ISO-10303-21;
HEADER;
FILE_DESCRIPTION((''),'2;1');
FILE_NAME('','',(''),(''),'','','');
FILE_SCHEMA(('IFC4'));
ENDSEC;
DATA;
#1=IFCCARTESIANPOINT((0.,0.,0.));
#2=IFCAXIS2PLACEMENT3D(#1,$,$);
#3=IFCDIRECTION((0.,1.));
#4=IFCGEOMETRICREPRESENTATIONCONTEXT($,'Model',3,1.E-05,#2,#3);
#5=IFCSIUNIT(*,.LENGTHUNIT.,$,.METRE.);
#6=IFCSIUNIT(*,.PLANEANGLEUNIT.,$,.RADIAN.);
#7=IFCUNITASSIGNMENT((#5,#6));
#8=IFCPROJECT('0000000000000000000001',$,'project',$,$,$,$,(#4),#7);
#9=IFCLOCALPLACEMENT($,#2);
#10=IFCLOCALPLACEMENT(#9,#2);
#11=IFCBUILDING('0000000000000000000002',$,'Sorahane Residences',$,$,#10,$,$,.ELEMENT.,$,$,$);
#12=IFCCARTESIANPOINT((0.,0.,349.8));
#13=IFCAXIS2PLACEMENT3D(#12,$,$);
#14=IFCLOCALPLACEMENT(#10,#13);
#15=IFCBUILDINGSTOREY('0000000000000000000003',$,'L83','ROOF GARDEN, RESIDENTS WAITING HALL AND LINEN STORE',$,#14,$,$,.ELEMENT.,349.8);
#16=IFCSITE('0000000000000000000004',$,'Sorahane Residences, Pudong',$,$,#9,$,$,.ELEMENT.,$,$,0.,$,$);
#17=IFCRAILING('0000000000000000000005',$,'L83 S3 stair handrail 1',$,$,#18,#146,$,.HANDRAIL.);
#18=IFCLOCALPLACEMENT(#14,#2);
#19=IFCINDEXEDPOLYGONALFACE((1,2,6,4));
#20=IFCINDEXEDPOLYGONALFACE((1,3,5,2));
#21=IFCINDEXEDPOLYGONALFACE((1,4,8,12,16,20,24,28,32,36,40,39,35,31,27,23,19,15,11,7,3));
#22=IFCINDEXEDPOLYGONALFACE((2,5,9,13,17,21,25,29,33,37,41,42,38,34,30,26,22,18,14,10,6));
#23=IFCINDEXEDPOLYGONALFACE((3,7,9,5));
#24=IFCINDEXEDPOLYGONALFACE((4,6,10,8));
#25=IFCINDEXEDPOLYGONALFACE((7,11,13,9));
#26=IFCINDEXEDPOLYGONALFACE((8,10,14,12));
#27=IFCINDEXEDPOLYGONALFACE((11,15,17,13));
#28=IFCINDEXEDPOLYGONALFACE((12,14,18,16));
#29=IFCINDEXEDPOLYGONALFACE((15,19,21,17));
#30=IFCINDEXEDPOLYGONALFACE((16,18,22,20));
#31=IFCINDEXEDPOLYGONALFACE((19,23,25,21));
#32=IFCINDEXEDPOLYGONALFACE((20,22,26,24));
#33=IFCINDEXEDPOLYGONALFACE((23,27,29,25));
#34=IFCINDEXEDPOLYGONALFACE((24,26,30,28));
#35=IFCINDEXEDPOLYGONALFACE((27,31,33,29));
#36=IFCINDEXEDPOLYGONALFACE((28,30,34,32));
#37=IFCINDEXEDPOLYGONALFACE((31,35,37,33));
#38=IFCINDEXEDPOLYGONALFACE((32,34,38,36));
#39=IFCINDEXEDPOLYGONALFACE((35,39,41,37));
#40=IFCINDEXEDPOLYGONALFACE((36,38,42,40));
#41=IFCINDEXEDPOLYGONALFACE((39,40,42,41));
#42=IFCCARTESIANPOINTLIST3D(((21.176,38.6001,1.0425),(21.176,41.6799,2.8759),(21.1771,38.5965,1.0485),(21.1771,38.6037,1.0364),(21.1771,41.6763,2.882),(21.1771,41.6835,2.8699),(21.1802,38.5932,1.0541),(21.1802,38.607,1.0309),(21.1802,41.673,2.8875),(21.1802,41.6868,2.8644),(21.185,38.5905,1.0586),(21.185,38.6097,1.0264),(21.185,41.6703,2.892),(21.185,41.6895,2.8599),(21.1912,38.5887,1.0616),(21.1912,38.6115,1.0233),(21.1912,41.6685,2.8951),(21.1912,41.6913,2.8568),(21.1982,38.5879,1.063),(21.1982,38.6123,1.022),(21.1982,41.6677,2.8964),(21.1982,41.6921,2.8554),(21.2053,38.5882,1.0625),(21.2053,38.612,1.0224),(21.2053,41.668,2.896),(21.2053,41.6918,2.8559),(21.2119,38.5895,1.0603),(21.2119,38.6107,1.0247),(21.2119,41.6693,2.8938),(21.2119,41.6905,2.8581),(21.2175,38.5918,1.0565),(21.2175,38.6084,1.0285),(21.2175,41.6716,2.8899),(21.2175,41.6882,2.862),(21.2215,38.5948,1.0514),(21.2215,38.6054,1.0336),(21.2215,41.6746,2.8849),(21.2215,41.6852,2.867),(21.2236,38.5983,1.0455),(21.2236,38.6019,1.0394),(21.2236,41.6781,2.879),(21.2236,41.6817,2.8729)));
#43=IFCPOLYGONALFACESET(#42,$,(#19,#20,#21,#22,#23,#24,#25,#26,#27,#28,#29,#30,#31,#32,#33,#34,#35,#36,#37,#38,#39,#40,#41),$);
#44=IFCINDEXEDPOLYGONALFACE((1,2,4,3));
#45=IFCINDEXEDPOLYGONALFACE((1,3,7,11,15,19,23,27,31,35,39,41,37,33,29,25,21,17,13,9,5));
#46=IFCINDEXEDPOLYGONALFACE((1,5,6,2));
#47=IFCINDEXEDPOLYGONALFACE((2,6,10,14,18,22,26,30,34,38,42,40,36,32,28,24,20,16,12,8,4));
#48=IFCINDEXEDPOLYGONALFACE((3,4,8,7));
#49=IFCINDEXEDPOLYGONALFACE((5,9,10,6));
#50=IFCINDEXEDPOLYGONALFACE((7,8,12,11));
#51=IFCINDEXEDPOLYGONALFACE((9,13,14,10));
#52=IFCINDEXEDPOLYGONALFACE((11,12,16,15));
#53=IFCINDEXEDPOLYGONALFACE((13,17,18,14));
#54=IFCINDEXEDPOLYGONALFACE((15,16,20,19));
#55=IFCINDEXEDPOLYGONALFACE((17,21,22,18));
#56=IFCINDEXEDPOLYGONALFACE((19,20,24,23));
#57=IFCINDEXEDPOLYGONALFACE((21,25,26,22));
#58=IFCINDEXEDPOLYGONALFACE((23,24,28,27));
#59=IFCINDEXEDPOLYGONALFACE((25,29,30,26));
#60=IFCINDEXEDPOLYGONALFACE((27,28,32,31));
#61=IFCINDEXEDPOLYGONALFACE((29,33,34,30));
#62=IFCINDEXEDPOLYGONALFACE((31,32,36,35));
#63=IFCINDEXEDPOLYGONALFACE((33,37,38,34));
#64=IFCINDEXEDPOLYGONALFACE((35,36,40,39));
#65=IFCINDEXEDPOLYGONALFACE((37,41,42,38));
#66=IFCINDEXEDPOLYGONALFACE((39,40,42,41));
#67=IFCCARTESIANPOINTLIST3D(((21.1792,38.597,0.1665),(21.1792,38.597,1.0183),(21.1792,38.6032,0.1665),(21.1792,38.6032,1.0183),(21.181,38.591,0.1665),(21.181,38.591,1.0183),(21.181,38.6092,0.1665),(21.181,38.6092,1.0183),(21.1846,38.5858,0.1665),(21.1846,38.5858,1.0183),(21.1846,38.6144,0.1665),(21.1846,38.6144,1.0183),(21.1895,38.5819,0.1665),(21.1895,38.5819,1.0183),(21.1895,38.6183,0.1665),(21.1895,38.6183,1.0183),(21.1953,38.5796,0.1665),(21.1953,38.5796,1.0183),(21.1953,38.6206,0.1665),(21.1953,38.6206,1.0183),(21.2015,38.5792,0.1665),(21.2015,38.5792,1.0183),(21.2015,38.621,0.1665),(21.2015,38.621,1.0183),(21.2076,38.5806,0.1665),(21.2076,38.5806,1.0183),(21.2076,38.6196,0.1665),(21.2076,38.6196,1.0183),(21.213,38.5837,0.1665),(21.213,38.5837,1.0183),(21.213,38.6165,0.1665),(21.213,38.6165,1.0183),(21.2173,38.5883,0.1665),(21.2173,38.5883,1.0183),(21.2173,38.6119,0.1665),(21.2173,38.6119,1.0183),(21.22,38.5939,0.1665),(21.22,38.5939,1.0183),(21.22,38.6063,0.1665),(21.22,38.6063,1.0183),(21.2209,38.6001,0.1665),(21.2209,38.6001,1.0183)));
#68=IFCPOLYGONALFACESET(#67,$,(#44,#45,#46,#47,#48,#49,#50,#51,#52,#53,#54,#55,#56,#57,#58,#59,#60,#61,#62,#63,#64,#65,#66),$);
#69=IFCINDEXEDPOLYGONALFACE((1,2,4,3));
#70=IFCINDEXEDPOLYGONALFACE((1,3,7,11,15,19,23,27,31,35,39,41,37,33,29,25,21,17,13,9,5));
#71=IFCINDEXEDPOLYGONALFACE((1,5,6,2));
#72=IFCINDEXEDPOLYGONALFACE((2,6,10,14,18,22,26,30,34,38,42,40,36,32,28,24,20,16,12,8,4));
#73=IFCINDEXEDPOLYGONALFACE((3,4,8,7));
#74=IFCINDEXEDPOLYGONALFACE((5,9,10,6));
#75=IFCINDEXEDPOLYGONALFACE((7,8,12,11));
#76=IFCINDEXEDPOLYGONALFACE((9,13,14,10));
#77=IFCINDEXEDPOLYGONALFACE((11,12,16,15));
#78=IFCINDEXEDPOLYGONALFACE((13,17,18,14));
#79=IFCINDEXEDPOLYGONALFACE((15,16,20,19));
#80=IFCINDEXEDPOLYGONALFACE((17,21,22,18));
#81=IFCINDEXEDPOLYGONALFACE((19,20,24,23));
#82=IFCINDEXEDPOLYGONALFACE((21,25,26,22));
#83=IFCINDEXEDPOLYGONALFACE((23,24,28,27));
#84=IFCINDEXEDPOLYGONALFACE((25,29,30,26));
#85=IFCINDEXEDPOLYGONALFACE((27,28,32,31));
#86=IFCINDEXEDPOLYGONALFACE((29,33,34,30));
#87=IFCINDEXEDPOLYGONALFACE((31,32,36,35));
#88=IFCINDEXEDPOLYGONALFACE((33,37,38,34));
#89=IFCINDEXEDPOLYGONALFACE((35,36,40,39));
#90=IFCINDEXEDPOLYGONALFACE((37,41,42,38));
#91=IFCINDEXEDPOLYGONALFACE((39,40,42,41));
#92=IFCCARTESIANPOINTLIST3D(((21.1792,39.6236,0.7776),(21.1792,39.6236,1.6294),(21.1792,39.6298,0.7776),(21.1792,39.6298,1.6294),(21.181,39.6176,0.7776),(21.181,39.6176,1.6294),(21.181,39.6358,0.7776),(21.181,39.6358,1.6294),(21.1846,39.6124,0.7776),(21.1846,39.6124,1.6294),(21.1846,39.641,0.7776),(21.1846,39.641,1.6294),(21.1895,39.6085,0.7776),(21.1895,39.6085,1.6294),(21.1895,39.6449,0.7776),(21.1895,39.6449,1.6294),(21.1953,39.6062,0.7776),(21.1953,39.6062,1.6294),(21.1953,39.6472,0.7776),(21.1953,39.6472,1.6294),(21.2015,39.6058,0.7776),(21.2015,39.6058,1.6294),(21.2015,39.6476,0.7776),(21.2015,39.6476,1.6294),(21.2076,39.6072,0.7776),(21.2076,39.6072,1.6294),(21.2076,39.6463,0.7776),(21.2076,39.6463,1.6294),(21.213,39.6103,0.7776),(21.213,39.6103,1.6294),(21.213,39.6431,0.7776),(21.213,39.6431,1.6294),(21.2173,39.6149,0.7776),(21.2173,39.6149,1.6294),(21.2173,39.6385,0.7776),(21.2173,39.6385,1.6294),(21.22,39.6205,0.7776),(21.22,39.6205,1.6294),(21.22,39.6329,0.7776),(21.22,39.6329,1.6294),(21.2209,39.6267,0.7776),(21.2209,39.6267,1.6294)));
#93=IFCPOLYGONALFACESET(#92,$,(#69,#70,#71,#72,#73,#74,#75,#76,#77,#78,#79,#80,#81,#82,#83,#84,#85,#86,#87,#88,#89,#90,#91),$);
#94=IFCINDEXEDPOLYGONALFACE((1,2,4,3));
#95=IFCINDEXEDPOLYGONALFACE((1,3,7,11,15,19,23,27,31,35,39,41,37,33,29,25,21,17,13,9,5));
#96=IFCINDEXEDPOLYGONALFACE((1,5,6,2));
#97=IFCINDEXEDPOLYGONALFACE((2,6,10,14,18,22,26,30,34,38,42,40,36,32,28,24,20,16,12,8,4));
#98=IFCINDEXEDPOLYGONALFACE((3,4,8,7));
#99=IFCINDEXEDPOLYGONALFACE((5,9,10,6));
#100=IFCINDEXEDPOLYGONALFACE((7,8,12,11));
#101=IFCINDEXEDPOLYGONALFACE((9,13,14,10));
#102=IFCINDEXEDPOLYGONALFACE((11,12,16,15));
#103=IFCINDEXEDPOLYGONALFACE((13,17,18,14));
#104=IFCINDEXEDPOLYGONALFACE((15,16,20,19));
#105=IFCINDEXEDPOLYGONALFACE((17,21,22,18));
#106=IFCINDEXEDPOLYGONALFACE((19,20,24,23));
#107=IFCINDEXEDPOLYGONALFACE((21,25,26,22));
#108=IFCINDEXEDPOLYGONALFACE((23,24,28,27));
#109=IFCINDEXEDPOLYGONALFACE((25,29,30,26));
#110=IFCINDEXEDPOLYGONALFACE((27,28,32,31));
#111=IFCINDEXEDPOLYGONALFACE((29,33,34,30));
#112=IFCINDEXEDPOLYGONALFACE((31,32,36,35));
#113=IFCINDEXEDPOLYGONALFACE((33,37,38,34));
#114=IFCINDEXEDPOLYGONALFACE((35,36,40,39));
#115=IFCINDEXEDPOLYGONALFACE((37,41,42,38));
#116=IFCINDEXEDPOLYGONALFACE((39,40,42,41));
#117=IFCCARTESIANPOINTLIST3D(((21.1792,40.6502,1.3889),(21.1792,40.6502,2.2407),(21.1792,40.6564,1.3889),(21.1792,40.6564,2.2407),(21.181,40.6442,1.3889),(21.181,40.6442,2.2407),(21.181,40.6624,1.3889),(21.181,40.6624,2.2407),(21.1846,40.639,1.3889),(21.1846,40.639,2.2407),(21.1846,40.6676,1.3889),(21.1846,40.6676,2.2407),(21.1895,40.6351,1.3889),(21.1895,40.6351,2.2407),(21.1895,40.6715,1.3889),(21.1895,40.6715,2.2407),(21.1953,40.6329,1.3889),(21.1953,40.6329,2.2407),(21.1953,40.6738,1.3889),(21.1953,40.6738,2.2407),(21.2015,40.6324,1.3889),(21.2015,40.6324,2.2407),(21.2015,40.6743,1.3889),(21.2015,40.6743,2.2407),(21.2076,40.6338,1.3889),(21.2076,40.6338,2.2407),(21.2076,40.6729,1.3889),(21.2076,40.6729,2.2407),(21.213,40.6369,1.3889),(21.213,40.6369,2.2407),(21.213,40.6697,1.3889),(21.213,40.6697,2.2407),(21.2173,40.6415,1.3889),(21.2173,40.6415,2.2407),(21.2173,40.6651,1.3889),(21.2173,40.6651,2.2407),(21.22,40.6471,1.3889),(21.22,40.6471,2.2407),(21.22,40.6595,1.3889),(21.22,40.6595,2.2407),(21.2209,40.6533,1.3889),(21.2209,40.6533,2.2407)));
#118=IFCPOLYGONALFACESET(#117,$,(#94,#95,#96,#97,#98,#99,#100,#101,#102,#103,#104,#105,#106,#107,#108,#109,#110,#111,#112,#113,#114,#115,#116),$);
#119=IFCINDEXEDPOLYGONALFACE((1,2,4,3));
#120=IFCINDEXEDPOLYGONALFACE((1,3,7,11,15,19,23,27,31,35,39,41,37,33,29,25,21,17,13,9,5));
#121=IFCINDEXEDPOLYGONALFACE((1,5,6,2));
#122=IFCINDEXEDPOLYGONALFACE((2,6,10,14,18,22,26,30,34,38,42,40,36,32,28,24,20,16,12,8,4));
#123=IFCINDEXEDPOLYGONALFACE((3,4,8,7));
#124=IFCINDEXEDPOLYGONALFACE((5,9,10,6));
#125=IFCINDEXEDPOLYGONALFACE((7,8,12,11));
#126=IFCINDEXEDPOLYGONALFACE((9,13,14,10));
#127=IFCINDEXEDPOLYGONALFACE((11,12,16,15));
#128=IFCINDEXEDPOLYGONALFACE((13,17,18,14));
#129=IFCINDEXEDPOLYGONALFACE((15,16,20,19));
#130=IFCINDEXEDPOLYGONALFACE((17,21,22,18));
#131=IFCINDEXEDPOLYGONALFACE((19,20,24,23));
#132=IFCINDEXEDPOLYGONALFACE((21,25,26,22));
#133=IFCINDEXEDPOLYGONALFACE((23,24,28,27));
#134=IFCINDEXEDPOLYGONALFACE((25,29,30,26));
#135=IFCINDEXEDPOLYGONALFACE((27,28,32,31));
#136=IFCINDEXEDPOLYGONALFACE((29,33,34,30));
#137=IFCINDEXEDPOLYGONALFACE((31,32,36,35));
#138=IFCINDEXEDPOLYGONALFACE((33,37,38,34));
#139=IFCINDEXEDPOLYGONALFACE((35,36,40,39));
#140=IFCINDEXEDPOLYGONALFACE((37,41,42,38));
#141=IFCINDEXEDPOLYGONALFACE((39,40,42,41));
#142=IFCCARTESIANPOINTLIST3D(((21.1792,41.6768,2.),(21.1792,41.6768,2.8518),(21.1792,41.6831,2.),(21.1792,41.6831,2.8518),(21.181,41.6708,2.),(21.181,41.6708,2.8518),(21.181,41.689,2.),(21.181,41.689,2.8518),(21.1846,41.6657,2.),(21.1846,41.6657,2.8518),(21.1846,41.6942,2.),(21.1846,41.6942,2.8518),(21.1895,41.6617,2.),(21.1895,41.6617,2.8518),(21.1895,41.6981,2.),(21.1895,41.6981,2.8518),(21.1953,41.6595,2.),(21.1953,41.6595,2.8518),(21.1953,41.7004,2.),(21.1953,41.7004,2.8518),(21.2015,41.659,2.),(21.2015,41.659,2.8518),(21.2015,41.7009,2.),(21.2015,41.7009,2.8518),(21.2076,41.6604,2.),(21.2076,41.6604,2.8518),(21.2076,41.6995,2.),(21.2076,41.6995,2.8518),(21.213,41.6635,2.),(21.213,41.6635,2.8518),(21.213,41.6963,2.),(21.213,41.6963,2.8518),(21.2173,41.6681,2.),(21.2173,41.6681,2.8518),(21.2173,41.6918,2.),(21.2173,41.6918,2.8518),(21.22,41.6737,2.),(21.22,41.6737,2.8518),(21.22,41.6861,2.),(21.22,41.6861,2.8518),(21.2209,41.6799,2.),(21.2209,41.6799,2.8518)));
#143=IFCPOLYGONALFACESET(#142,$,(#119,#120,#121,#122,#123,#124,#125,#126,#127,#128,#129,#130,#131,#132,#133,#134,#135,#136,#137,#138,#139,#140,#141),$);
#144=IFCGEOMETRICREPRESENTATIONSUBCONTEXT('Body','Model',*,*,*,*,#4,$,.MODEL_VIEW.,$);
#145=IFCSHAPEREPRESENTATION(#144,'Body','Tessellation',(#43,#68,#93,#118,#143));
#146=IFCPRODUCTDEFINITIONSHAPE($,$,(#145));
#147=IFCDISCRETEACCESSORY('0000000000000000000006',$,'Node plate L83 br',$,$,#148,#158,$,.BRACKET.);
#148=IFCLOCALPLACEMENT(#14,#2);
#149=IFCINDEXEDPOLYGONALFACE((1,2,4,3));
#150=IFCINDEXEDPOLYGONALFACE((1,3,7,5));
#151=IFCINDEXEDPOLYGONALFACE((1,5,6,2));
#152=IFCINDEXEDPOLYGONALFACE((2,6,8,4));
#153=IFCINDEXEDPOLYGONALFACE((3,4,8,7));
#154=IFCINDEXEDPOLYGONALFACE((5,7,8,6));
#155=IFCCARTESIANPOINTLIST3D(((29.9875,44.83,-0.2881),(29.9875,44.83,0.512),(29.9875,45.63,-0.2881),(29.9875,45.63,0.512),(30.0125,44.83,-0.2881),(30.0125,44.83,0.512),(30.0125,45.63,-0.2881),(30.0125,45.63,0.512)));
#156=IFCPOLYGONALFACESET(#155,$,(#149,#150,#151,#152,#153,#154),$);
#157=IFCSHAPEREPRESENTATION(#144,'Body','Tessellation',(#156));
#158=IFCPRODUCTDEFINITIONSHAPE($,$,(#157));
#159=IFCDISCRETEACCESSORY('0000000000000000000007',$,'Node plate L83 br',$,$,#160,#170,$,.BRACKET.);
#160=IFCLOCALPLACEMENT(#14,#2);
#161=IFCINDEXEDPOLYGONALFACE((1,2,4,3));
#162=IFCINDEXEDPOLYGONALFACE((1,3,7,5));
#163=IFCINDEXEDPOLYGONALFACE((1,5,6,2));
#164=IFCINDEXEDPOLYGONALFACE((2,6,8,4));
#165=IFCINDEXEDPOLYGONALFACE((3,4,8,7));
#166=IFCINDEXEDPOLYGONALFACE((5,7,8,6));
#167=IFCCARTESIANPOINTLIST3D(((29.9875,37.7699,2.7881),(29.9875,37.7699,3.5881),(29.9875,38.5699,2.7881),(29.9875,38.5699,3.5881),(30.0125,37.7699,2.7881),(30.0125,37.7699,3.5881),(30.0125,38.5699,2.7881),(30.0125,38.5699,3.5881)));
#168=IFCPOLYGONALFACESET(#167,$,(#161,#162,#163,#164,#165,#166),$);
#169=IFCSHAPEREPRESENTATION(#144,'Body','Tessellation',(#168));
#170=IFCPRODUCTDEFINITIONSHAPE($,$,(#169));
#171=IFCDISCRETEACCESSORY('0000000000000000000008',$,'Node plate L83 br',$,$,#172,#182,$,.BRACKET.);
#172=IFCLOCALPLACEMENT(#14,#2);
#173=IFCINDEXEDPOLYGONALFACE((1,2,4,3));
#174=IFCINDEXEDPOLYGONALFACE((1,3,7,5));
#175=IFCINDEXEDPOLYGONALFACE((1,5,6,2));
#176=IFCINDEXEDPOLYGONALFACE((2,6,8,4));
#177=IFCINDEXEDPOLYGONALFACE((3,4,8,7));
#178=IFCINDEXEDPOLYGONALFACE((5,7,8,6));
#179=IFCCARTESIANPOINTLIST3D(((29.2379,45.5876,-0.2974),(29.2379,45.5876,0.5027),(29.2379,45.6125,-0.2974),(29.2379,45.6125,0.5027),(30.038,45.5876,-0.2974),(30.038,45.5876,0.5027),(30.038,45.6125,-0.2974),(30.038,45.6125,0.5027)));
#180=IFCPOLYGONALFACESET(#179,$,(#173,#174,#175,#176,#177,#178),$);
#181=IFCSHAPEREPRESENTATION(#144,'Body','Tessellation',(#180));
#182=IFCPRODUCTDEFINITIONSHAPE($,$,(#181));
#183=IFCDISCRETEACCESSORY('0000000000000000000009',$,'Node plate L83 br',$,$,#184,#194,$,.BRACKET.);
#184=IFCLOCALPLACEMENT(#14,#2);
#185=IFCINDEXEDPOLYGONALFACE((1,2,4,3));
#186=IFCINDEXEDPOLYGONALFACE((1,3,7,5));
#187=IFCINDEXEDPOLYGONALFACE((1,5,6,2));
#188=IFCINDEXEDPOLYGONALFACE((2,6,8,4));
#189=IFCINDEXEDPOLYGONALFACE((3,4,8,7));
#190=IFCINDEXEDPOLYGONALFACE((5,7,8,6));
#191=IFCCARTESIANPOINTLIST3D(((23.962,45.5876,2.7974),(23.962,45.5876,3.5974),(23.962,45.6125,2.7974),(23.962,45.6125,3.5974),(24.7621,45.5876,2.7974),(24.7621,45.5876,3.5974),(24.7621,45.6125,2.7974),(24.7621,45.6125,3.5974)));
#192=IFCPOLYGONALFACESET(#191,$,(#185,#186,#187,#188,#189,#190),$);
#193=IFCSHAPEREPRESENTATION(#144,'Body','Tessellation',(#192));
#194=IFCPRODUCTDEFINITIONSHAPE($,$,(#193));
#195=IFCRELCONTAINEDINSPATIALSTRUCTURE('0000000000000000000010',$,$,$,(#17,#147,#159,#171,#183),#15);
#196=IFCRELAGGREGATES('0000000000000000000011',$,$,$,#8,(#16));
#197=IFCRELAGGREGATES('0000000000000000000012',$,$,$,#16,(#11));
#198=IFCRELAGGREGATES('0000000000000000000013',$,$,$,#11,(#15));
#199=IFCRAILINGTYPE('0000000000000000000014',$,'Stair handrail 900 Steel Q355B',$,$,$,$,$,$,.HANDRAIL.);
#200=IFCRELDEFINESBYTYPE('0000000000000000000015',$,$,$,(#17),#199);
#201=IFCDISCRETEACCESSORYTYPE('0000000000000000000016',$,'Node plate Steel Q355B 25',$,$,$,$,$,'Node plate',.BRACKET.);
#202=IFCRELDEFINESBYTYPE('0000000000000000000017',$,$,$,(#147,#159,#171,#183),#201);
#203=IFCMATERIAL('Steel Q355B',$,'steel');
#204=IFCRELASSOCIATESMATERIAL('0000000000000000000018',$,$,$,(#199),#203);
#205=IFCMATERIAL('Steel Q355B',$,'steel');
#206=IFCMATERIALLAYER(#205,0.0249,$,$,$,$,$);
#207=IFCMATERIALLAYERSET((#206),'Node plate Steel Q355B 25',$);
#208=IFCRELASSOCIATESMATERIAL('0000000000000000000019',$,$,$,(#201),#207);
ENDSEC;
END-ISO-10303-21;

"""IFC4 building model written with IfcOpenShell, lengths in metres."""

from ifc_helpers import new_model, si_unit, direction, frame, origin, origin_2d, place, context, subcontext, project, spatial, rectangle, circle, extrude, material, layer, layer_set, type_object, element, save


model = new_model("IFC4")

# Units and contexts
model_context = context("Model", 3, precision=1e-05, world=origin(), true_north=direction((0.0, 1.0)))
body_context = subcontext(model_context, "Body", "Model", "MODEL_VIEW")
ifc_project = project(units=[si_unit("LENGTHUNIT", "METRE"), si_unit("PLANEANGLEUNIT", "RADIAN")], contexts=[model_context])

# Site, building, storey
site_placement = place(None, origin())
site = spatial("IfcSite", under=ifc_project, at=site_placement, Name="Sorahane Residences, Pudong", CompositionType="ELEMENT", RefElevation=0.0)
building_placement = place(site_placement, origin())
building = spatial("IfcBuilding", under=site, at=building_placement, Name="Sorahane Residences", CompositionType="ELEMENT")
storey_placement = place(building_placement, frame((0.0, 0.0, 349.8)))
storey = spatial("IfcBuildingStorey", under=building, at=storey_placement, Name="L83", Description="ROOF GARDEN, RESIDENTS WAITING HALL AND LINEN STORE", CompositionType="ELEMENT", Elevation=349.8)

# Railing
ifc_material_1 = material(Name="Steel Q355B", Category="steel")
railing_type = type_object("IfcRailingType", Name="Stair handrail 900 Steel Q355B", PredefinedType="HANDRAIL", material=ifc_material_1)
railing_placement = place(storey_placement, frame((21.2, 38.6001, 0.1665)))
element("IfcRailing", 1, at=railing_placement, inside=storey, type_object=railing_type, Name="L83 S3 stair handrail 1", PredefinedType="HANDRAIL", context=body_context, shape_type="SweptSolid", body=[
    extrude(circle(Radius=0.0239, at=origin_2d()), frame((0.0, 0.0, 0.876), z_axis=(0.0, 0.859261, 0.511538), x_axis=(-1.0, 0.0, 0.0)), (0.0, 0.0, 1.0), 3.5842),
    extrude(circle(Radius=0.021, at=origin_2d()), origin(), (0.0, 0.0, 1.0), 0.8518),
    extrude(circle(Radius=0.021, at=origin_2d()), frame((0.0, 1.0266, 0.6111)), (0.0, 0.0, 1.0), 0.8518),
    extrude(circle(Radius=0.021, at=origin_2d()), frame((0.0, 2.0532, 1.2224)), (0.0, 0.0, 1.0), 0.8518),
    extrude(circle(Radius=0.021, at=origin_2d()), frame((0.0, 3.0798, 1.8335)), (0.0, 0.0, 1.0), 0.8518),
])

# Discrete accessories
ifc_material_2 = material(Name="Steel Q355B", Category="steel")
ifc_layer_1 = layer(ifc_material_2, 0.0249)
ifc_layer_set_1 = layer_set([ifc_layer_1], Name="Node plate Steel Q355B 25")
discrete_accessory_type = type_object("IfcDiscreteAccessoryType", Name="Node plate Steel Q355B 25", ElementType="Node plate", PredefinedType="BRACKET", material=ifc_layer_set_1)
for number, where, z_axis, x_axis, name in (
    (2, (30.0, 45.23, -0.2881), (0.0, 0.0, 1.0), (0.0, 1.0, 0.0), "Node plate L83 br"),
    (3, (30.0, 38.1699, 2.7881), (0.0, 0.0, 1.0), (0.0, 1.0, 0.0), "Node plate L83 br"),
    (4, (29.6379, 45.6001, -0.2974), (0.0, 0.0, 1.0), (1.0, 0.0, 0.0), "Node plate L83 br"),
    (5, (24.3621, 45.6001, 2.7974), (0.0, 0.0, 1.0), (1.0, 0.0, 0.0), "Node plate L83 br"),
):
    element("IfcDiscreteAccessory", number, at=place(storey_placement, frame(where, z_axis=z_axis, x_axis=x_axis)), inside=storey, type_object=discrete_accessory_type, Name=name, PredefinedType="BRACKET", context=body_context, shape_type="SweptSolid", body=[
        extrude(rectangle(XDim=0.8, YDim=0.0249, at=origin_2d()), origin(), (0.0, 0.0, 1.0), 0.8),
    ])

save(model, "model.ifc")
